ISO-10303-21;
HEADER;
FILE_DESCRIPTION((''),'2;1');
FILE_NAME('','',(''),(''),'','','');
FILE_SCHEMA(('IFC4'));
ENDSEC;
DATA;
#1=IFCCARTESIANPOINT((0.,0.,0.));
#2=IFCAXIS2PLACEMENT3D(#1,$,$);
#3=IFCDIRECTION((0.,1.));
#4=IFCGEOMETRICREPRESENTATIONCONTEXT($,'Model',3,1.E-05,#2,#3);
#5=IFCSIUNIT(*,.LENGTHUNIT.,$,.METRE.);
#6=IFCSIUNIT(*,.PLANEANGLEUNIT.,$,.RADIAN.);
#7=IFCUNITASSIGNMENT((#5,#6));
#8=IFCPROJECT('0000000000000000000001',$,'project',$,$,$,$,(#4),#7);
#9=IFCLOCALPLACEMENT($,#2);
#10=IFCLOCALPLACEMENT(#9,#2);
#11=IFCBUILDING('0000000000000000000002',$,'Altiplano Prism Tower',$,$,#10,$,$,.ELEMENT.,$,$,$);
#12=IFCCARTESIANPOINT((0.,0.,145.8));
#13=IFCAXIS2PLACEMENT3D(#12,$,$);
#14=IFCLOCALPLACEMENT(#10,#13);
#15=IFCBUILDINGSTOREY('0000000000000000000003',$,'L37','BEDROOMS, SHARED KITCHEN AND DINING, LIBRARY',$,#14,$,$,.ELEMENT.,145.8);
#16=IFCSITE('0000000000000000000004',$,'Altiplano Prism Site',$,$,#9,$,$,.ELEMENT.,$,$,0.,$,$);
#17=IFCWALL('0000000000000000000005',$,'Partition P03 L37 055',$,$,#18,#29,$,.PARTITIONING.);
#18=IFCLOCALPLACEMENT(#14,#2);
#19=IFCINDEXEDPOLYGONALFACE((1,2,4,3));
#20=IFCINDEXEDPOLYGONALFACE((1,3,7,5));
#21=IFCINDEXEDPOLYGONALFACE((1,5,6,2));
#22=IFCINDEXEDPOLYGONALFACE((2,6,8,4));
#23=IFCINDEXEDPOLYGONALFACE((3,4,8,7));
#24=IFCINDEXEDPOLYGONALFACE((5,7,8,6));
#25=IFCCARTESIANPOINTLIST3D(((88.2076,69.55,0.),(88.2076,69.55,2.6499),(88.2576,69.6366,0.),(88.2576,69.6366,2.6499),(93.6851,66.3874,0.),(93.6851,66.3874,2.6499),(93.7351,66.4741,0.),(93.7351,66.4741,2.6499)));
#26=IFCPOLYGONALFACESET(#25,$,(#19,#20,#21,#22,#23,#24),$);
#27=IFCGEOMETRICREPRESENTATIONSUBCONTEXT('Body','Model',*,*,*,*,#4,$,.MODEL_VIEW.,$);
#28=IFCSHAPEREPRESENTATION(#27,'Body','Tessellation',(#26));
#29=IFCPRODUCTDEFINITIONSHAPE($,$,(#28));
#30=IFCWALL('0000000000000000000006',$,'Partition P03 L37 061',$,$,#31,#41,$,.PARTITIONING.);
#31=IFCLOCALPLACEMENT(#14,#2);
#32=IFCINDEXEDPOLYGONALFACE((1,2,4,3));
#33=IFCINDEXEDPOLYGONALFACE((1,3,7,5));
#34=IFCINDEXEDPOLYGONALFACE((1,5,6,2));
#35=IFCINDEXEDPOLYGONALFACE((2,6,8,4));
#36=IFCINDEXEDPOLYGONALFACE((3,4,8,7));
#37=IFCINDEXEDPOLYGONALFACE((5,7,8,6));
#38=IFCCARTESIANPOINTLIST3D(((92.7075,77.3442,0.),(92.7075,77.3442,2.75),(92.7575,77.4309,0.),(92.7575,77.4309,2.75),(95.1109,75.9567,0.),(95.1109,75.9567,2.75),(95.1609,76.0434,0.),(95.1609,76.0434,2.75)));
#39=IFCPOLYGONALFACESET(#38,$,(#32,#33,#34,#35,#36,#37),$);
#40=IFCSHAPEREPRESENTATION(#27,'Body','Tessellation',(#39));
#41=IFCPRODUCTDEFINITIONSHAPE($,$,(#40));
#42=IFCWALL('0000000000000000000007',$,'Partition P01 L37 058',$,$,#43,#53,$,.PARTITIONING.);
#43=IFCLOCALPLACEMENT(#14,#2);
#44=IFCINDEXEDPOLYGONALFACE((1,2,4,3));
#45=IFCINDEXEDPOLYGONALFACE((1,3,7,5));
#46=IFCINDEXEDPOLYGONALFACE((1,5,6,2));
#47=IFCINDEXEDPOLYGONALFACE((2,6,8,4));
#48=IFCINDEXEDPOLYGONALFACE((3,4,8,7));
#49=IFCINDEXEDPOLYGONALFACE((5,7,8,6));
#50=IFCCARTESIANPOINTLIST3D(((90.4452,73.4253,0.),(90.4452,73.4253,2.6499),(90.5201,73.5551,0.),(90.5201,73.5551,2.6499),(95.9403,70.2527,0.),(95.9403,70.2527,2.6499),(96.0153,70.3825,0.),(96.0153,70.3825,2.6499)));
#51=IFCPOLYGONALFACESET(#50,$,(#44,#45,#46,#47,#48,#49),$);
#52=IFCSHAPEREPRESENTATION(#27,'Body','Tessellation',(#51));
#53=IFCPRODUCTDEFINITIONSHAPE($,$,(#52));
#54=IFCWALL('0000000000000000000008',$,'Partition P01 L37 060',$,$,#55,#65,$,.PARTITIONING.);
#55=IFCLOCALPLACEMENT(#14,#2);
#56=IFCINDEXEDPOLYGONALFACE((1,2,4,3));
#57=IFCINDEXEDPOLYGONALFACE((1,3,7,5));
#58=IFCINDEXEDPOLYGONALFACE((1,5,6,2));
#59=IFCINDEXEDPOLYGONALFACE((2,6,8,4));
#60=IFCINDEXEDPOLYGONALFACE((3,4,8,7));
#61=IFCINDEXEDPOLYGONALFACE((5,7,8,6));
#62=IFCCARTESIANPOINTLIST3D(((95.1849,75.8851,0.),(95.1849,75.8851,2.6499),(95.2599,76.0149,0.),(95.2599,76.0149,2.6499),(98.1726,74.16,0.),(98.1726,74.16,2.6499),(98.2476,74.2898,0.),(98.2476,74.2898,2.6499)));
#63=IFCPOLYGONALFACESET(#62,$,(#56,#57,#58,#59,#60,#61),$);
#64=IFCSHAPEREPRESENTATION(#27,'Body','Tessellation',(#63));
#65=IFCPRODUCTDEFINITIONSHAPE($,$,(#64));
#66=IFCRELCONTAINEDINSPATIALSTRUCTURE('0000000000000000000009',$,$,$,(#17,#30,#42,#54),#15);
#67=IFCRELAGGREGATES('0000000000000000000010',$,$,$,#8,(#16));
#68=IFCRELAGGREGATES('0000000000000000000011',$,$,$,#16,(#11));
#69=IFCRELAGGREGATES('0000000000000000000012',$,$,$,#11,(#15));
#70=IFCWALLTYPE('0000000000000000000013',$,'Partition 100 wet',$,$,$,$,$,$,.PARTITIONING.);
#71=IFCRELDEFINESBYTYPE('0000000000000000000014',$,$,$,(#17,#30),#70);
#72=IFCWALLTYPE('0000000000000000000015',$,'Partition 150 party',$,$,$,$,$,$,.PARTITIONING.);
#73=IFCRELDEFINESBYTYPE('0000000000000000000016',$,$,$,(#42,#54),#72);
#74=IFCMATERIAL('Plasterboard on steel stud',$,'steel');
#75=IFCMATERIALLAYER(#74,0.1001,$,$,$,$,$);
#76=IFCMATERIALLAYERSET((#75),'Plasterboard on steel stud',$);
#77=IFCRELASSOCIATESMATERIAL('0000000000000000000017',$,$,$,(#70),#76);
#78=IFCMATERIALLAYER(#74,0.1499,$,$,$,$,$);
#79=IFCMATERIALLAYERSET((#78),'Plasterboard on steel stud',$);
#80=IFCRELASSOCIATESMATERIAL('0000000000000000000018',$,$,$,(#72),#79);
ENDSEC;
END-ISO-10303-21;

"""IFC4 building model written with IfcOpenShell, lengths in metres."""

from ifc_helpers import new_model, si_unit, direction, frame, frame_2d, origin, place, context, subcontext, project, spatial, rectangle, extrude, material, layer, layer_set, type_object, element, save


model = new_model("IFC4")

# Units and contexts
model_context = context("Model", 3, precision=1e-05, world=origin(), true_north=direction((0.0, 1.0)))
body_context = subcontext(model_context, "Body", "Model", "MODEL_VIEW")
ifc_project = project(units=[si_unit("LENGTHUNIT", "METRE"), si_unit("PLANEANGLEUNIT", "RADIAN")], contexts=[model_context])

# Site, building, storey
site_placement = place(None, origin())
site = spatial("IfcSite", under=ifc_project, at=site_placement, Name="Altiplano Prism Site", CompositionType="ELEMENT", RefElevation=0.0)
building_placement = place(site_placement, origin())
building = spatial("IfcBuilding", under=site, at=building_placement, Name="Altiplano Prism Tower", CompositionType="ELEMENT")
storey_placement = place(building_placement, frame((0.0, 0.0, 145.8)))
storey = spatial("IfcBuildingStorey", under=building, at=storey_placement, Name="L37", Description="BEDROOMS, SHARED KITCHEN AND DINING, LIBRARY", CompositionType="ELEMENT", Elevation=145.8)

# Walls
ifc_material_1 = material(Name="Plasterboard on steel stud", Category="steel")
ifc_layer_1 = layer(ifc_material_1, 0.1001)
ifc_layer_set_1 = layer_set([ifc_layer_1], Name="Plasterboard on steel stud")
wall_type_1 = type_object("IfcWallType", Name="Partition 100 wet", PredefinedType="PARTITIONING", material=ifc_layer_set_1)
wall_1_placement = place(storey_placement, frame((93.7102, 66.4307, 0.0), z_axis=(0.0, 0.0, 1.0), x_axis=(-0.866016, 0.500016, 0.0)))
element("IfcWall", 1, at=wall_1_placement, inside=storey, type_object=wall_type_1, Name="Partition P03 L37 055", PredefinedType="PARTITIONING", context=body_context, shape_type="SweptSolid", body=[
    extrude(rectangle(XDim=6.325, YDim=0.1001, at=frame_2d((3.1626, 0.0))), origin(), (0.0, 0.0, 1.0), 2.6499),
])
wall_2_placement = place(storey_placement, frame((95.136, 76.0, 0.0), z_axis=(0.0, 0.0, 1.0), x_axis=(-0.866042, 0.499971, 0.0)))
element("IfcWall", 2, at=wall_2_placement, inside=storey, type_object=wall_type_1, Name="Partition P03 L37 061", PredefinedType="PARTITIONING", context=body_context, shape_type="SweptSolid", body=[
    extrude(rectangle(XDim=2.7751, YDim=0.1001, at=frame_2d((1.3877, 0.0))), origin(), (0.0, 0.0, 1.0), 2.75),
])
ifc_layer_2 = layer(ifc_material_1, 0.1499)
ifc_layer_set_2 = layer_set([ifc_layer_2], Name="Plasterboard on steel stud")
wall_type_2 = type_object("IfcWallType", Name="Partition 150 party", PredefinedType="PARTITIONING", material=ifc_layer_set_2)
wall_3_placement = place(storey_placement, frame((95.9778, 70.3176, 0.0), z_axis=(0.0, 0.0, 1.0), x_axis=(-0.866025, 0.5, 0.0)))
element("IfcWall", 3, at=wall_3_placement, inside=storey, type_object=wall_type_2, Name="Partition P01 L37 058", PredefinedType="PARTITIONING", context=body_context, shape_type="SweptSolid", body=[
    extrude(rectangle(XDim=6.3452, YDim=0.1499, at=frame_2d((3.1726, 0.0))), origin(), (0.0, 0.0, 1.0), 2.6499),
])
wall_4_placement = place(storey_placement, frame((98.2102, 74.2249, 0.0), z_axis=(0.0, 0.0, 1.0), x_axis=(-0.866014, 0.500021, 0.0)))
element("IfcWall", 4, at=wall_4_placement, inside=storey, type_object=wall_type_2, Name="Partition P01 L37 060", PredefinedType="PARTITIONING", context=body_context, shape_type="SweptSolid", body=[
    extrude(rectangle(XDim=3.45, YDim=0.1499, at=frame_2d((1.7251, 0.0))), origin(), (0.0, 0.0, 1.0), 2.6499),
])

save(model, "model.ifc")
